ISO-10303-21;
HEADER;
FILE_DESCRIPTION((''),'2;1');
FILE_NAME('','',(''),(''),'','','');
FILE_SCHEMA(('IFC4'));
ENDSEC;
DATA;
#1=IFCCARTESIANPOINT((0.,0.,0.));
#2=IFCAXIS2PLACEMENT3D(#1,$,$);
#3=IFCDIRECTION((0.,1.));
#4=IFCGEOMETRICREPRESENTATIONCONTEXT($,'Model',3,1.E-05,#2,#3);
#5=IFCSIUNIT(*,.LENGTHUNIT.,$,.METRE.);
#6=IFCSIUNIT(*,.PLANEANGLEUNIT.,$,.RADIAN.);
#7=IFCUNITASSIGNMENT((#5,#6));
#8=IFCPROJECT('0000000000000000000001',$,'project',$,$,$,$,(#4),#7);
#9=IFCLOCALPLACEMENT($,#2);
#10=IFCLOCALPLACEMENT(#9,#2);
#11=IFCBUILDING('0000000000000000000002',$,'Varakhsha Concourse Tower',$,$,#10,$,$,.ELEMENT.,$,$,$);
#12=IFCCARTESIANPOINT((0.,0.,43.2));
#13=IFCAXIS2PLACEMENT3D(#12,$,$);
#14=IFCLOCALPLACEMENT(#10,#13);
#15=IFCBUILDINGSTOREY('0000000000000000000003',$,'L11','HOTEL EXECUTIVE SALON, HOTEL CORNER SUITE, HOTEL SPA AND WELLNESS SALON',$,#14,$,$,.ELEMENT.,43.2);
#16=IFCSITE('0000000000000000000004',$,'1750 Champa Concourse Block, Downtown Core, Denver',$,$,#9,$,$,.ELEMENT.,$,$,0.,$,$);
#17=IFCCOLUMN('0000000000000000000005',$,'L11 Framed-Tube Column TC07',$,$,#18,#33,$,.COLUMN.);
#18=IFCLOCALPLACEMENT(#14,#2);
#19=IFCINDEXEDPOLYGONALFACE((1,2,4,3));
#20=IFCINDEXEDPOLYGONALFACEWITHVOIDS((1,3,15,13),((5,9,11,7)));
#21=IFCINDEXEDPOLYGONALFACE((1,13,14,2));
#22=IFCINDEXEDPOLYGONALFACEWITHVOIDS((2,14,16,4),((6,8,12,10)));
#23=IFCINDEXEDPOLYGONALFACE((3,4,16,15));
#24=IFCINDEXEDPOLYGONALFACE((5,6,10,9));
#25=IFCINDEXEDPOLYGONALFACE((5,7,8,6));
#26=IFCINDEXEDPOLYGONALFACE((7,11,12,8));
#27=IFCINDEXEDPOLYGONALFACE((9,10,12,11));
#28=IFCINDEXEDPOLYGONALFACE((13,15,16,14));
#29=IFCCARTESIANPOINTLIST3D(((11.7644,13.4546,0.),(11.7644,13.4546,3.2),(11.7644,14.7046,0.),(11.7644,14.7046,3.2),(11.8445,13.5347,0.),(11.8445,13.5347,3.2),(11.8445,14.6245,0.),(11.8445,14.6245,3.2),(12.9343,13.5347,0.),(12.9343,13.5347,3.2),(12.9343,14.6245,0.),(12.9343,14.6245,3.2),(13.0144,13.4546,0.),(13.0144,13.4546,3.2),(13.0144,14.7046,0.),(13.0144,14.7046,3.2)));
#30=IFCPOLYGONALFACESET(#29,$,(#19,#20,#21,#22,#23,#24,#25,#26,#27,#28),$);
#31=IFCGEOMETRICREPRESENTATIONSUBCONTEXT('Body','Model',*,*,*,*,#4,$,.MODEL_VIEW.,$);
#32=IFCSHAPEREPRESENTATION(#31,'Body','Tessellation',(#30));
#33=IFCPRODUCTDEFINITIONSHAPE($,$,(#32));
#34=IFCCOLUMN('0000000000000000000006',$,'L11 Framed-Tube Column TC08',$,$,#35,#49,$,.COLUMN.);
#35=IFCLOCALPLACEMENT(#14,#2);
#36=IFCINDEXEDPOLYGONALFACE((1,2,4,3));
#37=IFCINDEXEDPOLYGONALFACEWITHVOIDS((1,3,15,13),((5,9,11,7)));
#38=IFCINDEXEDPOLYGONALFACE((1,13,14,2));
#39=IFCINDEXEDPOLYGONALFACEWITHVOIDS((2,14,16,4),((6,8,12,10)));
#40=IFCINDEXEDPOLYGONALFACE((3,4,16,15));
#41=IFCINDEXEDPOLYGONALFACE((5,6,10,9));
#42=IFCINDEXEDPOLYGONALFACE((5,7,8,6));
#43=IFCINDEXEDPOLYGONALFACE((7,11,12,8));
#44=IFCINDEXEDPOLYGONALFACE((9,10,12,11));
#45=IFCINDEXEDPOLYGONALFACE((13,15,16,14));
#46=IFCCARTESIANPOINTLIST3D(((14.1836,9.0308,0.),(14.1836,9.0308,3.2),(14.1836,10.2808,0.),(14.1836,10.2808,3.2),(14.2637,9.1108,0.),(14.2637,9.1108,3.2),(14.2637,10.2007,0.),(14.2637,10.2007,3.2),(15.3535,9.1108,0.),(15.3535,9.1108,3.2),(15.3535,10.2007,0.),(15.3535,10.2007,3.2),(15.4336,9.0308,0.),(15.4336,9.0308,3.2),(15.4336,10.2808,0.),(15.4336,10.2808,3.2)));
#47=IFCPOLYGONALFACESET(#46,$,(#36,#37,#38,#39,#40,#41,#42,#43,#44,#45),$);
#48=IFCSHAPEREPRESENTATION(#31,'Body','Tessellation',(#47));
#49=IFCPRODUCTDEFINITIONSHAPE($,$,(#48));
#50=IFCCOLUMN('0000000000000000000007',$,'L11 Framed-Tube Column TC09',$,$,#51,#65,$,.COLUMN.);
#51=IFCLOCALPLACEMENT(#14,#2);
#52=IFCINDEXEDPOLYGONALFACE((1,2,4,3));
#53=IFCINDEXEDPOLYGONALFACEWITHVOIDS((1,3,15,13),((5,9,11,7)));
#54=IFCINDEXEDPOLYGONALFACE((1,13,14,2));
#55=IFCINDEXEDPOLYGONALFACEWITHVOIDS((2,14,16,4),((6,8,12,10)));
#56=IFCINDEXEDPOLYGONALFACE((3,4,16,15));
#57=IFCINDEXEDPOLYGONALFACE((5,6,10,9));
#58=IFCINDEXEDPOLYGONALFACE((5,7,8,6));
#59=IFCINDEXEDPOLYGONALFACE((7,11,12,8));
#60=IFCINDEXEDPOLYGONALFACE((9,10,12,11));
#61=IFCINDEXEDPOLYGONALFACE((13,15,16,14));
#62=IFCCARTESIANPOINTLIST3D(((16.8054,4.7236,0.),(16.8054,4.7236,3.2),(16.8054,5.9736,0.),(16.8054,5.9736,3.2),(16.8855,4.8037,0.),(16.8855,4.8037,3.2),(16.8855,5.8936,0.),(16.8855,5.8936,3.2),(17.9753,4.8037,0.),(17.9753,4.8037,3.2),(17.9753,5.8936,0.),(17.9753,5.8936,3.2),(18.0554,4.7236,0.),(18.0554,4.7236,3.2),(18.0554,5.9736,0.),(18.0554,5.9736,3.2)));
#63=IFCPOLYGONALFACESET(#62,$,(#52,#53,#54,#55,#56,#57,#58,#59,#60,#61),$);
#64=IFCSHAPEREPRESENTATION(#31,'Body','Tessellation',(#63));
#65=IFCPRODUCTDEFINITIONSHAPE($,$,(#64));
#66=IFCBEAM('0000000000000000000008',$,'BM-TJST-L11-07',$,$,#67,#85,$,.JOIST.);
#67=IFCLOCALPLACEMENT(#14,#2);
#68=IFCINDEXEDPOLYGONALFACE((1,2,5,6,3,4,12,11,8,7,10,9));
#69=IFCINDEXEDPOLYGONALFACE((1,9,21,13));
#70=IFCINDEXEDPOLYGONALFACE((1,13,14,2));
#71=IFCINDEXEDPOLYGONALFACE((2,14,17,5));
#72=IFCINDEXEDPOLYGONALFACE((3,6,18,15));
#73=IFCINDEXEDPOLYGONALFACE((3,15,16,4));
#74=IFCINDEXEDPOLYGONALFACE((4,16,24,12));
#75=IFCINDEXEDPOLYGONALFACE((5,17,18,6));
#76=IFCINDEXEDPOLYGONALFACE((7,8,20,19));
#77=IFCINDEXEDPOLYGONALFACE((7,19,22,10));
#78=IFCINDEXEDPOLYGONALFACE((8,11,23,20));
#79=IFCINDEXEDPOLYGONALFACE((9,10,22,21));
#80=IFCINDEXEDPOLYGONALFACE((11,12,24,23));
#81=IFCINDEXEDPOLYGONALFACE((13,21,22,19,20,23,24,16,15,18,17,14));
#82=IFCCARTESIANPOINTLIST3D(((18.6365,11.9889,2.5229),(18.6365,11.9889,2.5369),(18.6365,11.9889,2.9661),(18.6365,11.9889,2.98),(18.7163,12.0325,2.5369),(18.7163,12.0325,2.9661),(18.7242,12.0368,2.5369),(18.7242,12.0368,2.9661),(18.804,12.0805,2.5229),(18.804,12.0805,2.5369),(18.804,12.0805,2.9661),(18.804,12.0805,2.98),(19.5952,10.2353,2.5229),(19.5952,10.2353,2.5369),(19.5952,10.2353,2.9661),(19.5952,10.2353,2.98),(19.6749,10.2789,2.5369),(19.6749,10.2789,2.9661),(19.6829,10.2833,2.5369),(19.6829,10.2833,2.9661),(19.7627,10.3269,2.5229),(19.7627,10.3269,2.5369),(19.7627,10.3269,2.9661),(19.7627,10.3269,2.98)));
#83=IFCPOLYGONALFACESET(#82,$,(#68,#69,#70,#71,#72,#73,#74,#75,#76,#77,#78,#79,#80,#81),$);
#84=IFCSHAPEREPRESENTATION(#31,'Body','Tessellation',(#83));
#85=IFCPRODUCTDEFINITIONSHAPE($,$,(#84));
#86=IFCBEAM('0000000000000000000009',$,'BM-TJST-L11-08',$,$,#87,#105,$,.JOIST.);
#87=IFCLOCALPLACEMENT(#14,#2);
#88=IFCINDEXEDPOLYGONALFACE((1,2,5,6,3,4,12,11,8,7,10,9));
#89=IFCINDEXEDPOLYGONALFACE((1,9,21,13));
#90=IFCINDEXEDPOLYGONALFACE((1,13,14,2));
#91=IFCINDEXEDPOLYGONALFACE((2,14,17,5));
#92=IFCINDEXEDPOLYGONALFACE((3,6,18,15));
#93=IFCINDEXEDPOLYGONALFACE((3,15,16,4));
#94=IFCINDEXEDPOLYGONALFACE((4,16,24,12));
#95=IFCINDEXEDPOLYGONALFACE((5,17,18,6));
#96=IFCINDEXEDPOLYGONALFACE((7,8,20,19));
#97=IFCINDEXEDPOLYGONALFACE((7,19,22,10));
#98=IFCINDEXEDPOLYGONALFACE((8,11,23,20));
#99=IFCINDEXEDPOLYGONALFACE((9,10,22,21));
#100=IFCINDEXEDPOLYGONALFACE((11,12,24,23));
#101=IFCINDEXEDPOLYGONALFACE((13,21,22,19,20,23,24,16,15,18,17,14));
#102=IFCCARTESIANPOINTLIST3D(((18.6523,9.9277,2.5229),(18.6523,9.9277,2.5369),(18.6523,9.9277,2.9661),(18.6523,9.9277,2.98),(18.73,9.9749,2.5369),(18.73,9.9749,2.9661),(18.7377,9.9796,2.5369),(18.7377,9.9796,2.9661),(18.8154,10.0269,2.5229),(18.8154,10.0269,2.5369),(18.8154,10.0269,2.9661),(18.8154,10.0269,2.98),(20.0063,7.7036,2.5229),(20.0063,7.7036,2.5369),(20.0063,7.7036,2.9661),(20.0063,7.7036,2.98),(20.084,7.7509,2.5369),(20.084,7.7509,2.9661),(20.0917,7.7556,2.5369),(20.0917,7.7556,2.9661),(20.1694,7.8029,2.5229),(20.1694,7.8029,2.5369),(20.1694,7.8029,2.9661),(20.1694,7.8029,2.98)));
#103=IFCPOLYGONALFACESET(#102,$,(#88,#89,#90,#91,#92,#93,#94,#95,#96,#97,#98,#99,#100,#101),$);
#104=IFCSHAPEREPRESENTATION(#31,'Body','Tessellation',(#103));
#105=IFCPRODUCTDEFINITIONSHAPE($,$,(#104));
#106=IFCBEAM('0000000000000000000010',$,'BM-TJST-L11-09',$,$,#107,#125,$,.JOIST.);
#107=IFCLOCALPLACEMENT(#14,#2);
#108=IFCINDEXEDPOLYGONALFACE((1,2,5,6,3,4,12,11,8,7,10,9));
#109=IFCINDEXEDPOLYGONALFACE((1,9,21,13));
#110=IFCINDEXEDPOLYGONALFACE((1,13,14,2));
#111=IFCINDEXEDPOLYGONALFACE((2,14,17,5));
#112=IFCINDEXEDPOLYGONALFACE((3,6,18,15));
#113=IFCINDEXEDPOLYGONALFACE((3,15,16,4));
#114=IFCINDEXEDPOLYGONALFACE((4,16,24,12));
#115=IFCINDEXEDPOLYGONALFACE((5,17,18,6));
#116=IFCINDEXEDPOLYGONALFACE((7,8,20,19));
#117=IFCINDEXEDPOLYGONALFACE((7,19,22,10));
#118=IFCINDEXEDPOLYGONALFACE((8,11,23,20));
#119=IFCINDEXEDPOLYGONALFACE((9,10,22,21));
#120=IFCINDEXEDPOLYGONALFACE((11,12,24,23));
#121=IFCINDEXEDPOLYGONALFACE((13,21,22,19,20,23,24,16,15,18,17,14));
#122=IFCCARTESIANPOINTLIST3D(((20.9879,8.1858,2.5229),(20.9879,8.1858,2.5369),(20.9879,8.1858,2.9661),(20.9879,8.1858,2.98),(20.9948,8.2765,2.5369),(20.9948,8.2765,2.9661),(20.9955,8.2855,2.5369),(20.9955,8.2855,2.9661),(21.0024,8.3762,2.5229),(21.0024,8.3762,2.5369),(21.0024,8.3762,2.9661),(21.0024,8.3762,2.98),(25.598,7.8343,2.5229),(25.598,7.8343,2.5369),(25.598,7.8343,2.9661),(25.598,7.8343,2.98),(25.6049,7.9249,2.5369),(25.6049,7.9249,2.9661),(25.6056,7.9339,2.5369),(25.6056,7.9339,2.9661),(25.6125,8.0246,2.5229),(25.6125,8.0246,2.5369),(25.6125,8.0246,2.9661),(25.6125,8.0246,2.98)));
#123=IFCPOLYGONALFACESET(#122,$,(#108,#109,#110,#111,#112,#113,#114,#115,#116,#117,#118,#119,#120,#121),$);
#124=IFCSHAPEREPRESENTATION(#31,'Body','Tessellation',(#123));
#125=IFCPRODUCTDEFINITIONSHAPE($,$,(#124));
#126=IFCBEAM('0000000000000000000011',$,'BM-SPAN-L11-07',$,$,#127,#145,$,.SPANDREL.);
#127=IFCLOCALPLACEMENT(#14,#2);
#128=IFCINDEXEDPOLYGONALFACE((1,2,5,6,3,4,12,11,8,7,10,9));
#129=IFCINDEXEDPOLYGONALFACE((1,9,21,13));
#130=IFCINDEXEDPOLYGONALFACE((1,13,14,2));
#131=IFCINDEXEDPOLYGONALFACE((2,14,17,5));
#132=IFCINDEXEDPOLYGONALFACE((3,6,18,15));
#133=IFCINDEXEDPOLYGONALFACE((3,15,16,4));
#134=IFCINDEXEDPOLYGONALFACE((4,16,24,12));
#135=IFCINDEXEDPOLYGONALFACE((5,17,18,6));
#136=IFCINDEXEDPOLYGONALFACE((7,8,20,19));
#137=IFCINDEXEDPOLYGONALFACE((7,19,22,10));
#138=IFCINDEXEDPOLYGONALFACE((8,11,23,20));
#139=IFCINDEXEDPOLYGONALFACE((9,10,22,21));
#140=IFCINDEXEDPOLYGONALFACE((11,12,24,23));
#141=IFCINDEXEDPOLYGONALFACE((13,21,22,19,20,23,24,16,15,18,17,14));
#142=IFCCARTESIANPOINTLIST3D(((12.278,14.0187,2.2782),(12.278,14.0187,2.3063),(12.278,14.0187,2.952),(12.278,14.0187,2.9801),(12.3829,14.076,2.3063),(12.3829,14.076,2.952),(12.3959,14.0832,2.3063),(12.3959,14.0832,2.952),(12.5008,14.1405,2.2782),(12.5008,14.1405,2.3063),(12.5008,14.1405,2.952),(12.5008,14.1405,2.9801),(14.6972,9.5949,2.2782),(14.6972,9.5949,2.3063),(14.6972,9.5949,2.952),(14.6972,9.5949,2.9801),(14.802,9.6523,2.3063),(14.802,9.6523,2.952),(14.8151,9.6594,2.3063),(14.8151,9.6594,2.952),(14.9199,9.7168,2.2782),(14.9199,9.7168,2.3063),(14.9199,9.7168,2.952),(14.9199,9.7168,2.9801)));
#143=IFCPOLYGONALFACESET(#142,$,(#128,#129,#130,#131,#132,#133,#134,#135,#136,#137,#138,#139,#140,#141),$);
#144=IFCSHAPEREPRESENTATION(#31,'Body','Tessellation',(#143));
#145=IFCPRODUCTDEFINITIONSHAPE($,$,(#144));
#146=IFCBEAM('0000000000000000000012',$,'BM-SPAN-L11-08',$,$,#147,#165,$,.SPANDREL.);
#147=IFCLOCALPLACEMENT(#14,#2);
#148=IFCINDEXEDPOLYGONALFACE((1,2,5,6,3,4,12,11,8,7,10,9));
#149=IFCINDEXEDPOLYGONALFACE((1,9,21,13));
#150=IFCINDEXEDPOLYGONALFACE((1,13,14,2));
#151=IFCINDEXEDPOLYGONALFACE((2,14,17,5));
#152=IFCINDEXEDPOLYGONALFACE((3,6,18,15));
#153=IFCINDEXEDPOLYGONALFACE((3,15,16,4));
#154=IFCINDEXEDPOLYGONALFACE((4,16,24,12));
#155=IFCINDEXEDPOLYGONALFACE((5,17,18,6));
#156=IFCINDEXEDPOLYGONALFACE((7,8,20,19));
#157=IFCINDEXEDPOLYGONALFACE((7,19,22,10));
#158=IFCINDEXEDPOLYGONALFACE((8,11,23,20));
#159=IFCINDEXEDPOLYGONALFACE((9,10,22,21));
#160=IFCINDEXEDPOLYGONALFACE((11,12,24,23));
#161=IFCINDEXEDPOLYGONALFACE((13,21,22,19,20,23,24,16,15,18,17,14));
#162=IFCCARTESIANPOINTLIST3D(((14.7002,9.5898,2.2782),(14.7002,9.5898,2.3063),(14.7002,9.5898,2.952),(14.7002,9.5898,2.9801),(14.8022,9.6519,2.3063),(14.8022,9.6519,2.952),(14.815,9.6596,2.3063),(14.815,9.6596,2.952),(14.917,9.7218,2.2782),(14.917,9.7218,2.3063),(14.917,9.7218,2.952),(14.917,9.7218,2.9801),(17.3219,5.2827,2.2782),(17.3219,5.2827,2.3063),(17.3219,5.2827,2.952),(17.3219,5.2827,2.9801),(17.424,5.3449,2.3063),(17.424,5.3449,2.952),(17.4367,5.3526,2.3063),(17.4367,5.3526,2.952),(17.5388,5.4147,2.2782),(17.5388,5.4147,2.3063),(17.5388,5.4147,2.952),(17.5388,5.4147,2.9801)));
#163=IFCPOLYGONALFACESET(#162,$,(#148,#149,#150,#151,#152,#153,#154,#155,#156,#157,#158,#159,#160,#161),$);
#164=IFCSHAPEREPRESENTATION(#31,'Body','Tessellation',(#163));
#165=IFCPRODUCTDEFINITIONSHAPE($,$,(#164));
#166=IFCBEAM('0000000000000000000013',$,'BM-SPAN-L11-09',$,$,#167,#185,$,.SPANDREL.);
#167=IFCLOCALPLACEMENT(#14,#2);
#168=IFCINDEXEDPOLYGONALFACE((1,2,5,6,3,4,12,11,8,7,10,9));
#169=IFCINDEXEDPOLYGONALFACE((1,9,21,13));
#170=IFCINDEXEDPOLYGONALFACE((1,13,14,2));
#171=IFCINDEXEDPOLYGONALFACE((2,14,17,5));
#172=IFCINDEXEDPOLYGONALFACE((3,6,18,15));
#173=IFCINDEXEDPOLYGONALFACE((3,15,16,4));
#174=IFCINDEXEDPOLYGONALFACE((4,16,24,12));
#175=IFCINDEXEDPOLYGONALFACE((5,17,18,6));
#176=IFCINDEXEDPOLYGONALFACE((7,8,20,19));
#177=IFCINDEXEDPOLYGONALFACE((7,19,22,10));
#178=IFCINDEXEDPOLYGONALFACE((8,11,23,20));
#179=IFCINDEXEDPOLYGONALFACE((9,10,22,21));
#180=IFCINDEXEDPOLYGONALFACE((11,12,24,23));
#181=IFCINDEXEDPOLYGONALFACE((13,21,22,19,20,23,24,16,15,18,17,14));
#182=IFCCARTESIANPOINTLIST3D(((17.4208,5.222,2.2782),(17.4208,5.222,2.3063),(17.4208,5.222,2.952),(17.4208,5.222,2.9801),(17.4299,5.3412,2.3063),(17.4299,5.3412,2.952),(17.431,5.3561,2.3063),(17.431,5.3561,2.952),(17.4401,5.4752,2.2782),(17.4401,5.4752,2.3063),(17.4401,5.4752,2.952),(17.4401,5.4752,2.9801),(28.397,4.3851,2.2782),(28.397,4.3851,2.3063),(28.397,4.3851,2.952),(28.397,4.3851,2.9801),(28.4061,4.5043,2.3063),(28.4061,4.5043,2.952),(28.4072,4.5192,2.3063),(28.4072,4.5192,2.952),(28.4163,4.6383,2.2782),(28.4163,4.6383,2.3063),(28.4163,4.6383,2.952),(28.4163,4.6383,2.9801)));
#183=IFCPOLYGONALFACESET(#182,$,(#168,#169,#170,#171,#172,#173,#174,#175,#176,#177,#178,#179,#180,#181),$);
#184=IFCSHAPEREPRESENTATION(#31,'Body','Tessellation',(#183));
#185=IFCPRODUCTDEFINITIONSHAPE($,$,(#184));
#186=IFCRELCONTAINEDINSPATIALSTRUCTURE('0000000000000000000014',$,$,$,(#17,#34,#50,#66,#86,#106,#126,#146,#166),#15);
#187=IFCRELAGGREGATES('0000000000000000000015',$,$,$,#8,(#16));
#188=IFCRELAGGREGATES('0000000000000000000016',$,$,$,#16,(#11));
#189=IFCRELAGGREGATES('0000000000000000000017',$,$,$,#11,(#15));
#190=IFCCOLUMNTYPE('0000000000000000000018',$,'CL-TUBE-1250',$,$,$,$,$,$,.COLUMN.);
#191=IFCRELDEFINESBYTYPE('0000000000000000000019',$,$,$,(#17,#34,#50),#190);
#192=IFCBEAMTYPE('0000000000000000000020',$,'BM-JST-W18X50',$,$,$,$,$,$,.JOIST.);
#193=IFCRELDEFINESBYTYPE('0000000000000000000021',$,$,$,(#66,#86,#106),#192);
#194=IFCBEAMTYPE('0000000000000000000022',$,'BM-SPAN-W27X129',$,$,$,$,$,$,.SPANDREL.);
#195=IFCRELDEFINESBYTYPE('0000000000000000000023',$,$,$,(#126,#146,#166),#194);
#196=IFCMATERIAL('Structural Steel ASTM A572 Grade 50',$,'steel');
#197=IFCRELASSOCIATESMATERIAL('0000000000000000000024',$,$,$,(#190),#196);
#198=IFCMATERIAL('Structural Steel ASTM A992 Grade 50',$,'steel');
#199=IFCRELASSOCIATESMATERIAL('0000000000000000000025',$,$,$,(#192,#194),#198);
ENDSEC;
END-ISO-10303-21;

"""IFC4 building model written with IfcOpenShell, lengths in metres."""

from ifc_helpers import new_model, si_unit, direction, frame, origin, origin_2d, place, context, subcontext, project, spatial, hollow_rectangle, i_section, extrude, material, material_profile, profile_set, type_object, element, save


model = new_model("IFC4")

# Units and contexts
model_context = context("Model", 3, precision=1e-05, world=origin(), true_north=direction((0.0, 1.0)))
body_context = subcontext(model_context, "Body", "Model", "MODEL_VIEW")
ifc_project = project(units=[si_unit("LENGTHUNIT", "METRE"), si_unit("PLANEANGLEUNIT", "RADIAN")], contexts=[model_context])

# Site, building, storey
site_placement = place(None, origin())
site = spatial("IfcSite", under=ifc_project, at=site_placement, Name="1750 Champa Concourse Block, Downtown Core, Denver", CompositionType="ELEMENT", RefElevation=0.0)
building_placement = place(site_placement, origin())
building = spatial("IfcBuilding", under=site, at=building_placement, Name="Varakhsha Concourse Tower", CompositionType="ELEMENT")
storey_placement = place(building_placement, frame((0.0, 0.0, 43.2)))
storey = spatial("IfcBuildingStorey", under=building, at=storey_placement, Name="L11", Description="HOTEL EXECUTIVE SALON, HOTEL CORNER SUITE, HOTEL SPA AND WELLNESS SALON", CompositionType="ELEMENT", Elevation=43.2)

# Columns
ifc_material_1 = material(Name="Structural Steel ASTM A572 Grade 50", Category="steel")
ifc_material_profile_1 = material_profile(ifc_material_1, hollow_rectangle(XDim=1.25, YDim=1.25, WallThickness=0.0801, at=origin_2d()), Name="BOX 1250x1250x80")
ifc_profile_set_1 = profile_set([ifc_material_profile_1], Name="Structural Steel ASTM A572 Grade 50")
column_type = type_object("IfcColumnType", Name="CL-TUBE-1250", PredefinedType="COLUMN", material=ifc_profile_set_1)
for number, where, z_axis, x_axis, name in (
    (1, (12.3894, 14.0796, 0.0), (0.0, 0.0, 1.0), (1.0, 0.0, 0.0), "L11 Framed-Tube Column TC07"),
    (2, (14.8086, 9.6558, 0.0), (0.0, 0.0, 1.0), (1.0, 0.0, 0.0), "L11 Framed-Tube Column TC08"),
    (3, (17.4304, 5.3486, 0.0), (0.0, 0.0, 1.0), (1.0, 0.0, 0.0), "L11 Framed-Tube Column TC09"),
):
    element("IfcColumn", number, at=place(storey_placement, frame(where, z_axis=z_axis, x_axis=x_axis)), inside=storey, type_object=column_type, Name=name, PredefinedType="COLUMN", context=body_context, shape_type="SweptSolid", body=[
        extrude(hollow_rectangle(XDim=1.25, YDim=1.25, WallThickness=0.0801, at=origin_2d()), origin(), (0.0, 0.0, 1.0), 3.2),
    ])

# Beams
ifc_material_2 = material(Name="Structural Steel ASTM A992 Grade 50", Category="steel")
ifc_material_profile_2 = material_profile(ifc_material_2, i_section(OverallWidth=0.1909, OverallDepth=0.457, WebThickness=0.009, FlangeThickness=0.0139, at=origin_2d()), Name="W18X50")
ifc_profile_set_2 = profile_set([ifc_material_profile_2], Name="Structural Steel ASTM A992 Grade 50")
beam_type_1 = type_object("IfcBeamType", Name="BM-JST-W18X50", PredefinedType="JOIST", material=ifc_profile_set_2)
beam_1_placement = place(storey_placement, frame((18.7202, 12.0347, 2.7515), z_axis=(0.479699, -0.877433, 0.0), x_axis=(0.877433, 0.479699, 0.0)))
element("IfcBeam", 4, at=beam_1_placement, inside=storey, type_object=beam_type_1, Name="BM-TJST-L11-07", PredefinedType="JOIST", context=body_context, shape_type="SweptSolid", body=[
    extrude(i_section(OverallWidth=0.1909, OverallDepth=0.457, WebThickness=0.009, FlangeThickness=0.0139, at=origin_2d()), origin(), (0.0, 0.0, 1.0), 1.9985),
])
beam_2_placement = place(storey_placement, frame((18.7339, 9.9773, 2.7515), z_axis=(0.52, -0.854166, 0.0), x_axis=(0.854166, 0.52, 0.0)))
element("IfcBeam", 5, at=beam_2_placement, inside=storey, type_object=beam_type_1, Name="BM-TJST-L11-08", PredefinedType="JOIST", context=body_context, shape_type="SweptSolid", body=[
    extrude(i_section(OverallWidth=0.1909, OverallDepth=0.457, WebThickness=0.009, FlangeThickness=0.0139, at=origin_2d()), origin(), (0.0, 0.0, 1.0), 2.6038),
])
beam_3_placement = place(storey_placement, frame((20.9951, 8.281, 2.7515), z_axis=(0.997105, -0.076038, 0.0), x_axis=(0.076038, 0.997105, 0.0)))
element("IfcBeam", 6, at=beam_3_placement, inside=storey, type_object=beam_type_1, Name="BM-TJST-L11-09", PredefinedType="JOIST", context=body_context, shape_type="SweptSolid", body=[
    extrude(i_section(OverallWidth=0.1909, OverallDepth=0.457, WebThickness=0.009, FlangeThickness=0.0139, at=origin_2d()), origin(), (0.0, 0.0, 1.0), 4.6235),
])
ifc_material_profile_3 = material_profile(ifc_material_2, i_section(OverallWidth=0.2539, OverallDepth=0.7019, WebThickness=0.0149, FlangeThickness=0.0281, at=origin_2d()), Name="W27X129")
ifc_profile_set_3 = profile_set([ifc_material_profile_3], Name="Structural Steel ASTM A992 Grade 50")
beam_type_2 = type_object("IfcBeamType", Name="BM-SPAN-W27X129", PredefinedType="SPANDREL", material=ifc_profile_set_3)
beam_4_placement = place(storey_placement, frame((12.3894, 14.0796, 2.6292), z_axis=(0.479798, -0.877379, 0.0), x_axis=(0.877379, 0.479798, 0.0)))
element("IfcBeam", 7, at=beam_4_placement, inside=storey, type_object=beam_type_2, Name="BM-SPAN-L11-07", PredefinedType="SPANDREL", context=body_context, shape_type="SweptSolid", body=[
    extrude(i_section(OverallWidth=0.2539, OverallDepth=0.7019, WebThickness=0.0149, FlangeThickness=0.0281, at=origin_2d()), origin(), (0.0, 0.0, 1.0), 5.042),
])
beam_5_placement = place(storey_placement, frame((14.8086, 9.6558, 2.6292), z_axis=(0.519961, -0.85419, 0.0), x_axis=(0.85419, 0.519961, 0.0)))
element("IfcBeam", 8, at=beam_5_placement, inside=storey, type_object=beam_type_2, Name="BM-SPAN-L11-08", PredefinedType="SPANDREL", context=body_context, shape_type="SweptSolid", body=[
    extrude(i_section(OverallWidth=0.2539, OverallDepth=0.7019, WebThickness=0.0149, FlangeThickness=0.0281, at=origin_2d()), origin(), (0.0, 0.0, 1.0), 5.0422),
])
beam_6_placement = place(storey_placement, frame((17.4304, 5.3486, 2.6292), z_axis=(0.997106, -0.076027, 0.0), x_axis=(0.076027, 0.997106, 0.0)))
element("IfcBeam", 9, at=beam_6_placement, inside=storey, type_object=beam_type_2, Name="BM-SPAN-L11-09", PredefinedType="SPANDREL", context=body_context, shape_type="SweptSolid", body=[
    extrude(i_section(OverallWidth=0.2539, OverallDepth=0.7019, WebThickness=0.0149, FlangeThickness=0.0281, at=origin_2d()), origin(), (0.0, 0.0, 1.0), 11.0081),
])

save(model, "model.ifc")
